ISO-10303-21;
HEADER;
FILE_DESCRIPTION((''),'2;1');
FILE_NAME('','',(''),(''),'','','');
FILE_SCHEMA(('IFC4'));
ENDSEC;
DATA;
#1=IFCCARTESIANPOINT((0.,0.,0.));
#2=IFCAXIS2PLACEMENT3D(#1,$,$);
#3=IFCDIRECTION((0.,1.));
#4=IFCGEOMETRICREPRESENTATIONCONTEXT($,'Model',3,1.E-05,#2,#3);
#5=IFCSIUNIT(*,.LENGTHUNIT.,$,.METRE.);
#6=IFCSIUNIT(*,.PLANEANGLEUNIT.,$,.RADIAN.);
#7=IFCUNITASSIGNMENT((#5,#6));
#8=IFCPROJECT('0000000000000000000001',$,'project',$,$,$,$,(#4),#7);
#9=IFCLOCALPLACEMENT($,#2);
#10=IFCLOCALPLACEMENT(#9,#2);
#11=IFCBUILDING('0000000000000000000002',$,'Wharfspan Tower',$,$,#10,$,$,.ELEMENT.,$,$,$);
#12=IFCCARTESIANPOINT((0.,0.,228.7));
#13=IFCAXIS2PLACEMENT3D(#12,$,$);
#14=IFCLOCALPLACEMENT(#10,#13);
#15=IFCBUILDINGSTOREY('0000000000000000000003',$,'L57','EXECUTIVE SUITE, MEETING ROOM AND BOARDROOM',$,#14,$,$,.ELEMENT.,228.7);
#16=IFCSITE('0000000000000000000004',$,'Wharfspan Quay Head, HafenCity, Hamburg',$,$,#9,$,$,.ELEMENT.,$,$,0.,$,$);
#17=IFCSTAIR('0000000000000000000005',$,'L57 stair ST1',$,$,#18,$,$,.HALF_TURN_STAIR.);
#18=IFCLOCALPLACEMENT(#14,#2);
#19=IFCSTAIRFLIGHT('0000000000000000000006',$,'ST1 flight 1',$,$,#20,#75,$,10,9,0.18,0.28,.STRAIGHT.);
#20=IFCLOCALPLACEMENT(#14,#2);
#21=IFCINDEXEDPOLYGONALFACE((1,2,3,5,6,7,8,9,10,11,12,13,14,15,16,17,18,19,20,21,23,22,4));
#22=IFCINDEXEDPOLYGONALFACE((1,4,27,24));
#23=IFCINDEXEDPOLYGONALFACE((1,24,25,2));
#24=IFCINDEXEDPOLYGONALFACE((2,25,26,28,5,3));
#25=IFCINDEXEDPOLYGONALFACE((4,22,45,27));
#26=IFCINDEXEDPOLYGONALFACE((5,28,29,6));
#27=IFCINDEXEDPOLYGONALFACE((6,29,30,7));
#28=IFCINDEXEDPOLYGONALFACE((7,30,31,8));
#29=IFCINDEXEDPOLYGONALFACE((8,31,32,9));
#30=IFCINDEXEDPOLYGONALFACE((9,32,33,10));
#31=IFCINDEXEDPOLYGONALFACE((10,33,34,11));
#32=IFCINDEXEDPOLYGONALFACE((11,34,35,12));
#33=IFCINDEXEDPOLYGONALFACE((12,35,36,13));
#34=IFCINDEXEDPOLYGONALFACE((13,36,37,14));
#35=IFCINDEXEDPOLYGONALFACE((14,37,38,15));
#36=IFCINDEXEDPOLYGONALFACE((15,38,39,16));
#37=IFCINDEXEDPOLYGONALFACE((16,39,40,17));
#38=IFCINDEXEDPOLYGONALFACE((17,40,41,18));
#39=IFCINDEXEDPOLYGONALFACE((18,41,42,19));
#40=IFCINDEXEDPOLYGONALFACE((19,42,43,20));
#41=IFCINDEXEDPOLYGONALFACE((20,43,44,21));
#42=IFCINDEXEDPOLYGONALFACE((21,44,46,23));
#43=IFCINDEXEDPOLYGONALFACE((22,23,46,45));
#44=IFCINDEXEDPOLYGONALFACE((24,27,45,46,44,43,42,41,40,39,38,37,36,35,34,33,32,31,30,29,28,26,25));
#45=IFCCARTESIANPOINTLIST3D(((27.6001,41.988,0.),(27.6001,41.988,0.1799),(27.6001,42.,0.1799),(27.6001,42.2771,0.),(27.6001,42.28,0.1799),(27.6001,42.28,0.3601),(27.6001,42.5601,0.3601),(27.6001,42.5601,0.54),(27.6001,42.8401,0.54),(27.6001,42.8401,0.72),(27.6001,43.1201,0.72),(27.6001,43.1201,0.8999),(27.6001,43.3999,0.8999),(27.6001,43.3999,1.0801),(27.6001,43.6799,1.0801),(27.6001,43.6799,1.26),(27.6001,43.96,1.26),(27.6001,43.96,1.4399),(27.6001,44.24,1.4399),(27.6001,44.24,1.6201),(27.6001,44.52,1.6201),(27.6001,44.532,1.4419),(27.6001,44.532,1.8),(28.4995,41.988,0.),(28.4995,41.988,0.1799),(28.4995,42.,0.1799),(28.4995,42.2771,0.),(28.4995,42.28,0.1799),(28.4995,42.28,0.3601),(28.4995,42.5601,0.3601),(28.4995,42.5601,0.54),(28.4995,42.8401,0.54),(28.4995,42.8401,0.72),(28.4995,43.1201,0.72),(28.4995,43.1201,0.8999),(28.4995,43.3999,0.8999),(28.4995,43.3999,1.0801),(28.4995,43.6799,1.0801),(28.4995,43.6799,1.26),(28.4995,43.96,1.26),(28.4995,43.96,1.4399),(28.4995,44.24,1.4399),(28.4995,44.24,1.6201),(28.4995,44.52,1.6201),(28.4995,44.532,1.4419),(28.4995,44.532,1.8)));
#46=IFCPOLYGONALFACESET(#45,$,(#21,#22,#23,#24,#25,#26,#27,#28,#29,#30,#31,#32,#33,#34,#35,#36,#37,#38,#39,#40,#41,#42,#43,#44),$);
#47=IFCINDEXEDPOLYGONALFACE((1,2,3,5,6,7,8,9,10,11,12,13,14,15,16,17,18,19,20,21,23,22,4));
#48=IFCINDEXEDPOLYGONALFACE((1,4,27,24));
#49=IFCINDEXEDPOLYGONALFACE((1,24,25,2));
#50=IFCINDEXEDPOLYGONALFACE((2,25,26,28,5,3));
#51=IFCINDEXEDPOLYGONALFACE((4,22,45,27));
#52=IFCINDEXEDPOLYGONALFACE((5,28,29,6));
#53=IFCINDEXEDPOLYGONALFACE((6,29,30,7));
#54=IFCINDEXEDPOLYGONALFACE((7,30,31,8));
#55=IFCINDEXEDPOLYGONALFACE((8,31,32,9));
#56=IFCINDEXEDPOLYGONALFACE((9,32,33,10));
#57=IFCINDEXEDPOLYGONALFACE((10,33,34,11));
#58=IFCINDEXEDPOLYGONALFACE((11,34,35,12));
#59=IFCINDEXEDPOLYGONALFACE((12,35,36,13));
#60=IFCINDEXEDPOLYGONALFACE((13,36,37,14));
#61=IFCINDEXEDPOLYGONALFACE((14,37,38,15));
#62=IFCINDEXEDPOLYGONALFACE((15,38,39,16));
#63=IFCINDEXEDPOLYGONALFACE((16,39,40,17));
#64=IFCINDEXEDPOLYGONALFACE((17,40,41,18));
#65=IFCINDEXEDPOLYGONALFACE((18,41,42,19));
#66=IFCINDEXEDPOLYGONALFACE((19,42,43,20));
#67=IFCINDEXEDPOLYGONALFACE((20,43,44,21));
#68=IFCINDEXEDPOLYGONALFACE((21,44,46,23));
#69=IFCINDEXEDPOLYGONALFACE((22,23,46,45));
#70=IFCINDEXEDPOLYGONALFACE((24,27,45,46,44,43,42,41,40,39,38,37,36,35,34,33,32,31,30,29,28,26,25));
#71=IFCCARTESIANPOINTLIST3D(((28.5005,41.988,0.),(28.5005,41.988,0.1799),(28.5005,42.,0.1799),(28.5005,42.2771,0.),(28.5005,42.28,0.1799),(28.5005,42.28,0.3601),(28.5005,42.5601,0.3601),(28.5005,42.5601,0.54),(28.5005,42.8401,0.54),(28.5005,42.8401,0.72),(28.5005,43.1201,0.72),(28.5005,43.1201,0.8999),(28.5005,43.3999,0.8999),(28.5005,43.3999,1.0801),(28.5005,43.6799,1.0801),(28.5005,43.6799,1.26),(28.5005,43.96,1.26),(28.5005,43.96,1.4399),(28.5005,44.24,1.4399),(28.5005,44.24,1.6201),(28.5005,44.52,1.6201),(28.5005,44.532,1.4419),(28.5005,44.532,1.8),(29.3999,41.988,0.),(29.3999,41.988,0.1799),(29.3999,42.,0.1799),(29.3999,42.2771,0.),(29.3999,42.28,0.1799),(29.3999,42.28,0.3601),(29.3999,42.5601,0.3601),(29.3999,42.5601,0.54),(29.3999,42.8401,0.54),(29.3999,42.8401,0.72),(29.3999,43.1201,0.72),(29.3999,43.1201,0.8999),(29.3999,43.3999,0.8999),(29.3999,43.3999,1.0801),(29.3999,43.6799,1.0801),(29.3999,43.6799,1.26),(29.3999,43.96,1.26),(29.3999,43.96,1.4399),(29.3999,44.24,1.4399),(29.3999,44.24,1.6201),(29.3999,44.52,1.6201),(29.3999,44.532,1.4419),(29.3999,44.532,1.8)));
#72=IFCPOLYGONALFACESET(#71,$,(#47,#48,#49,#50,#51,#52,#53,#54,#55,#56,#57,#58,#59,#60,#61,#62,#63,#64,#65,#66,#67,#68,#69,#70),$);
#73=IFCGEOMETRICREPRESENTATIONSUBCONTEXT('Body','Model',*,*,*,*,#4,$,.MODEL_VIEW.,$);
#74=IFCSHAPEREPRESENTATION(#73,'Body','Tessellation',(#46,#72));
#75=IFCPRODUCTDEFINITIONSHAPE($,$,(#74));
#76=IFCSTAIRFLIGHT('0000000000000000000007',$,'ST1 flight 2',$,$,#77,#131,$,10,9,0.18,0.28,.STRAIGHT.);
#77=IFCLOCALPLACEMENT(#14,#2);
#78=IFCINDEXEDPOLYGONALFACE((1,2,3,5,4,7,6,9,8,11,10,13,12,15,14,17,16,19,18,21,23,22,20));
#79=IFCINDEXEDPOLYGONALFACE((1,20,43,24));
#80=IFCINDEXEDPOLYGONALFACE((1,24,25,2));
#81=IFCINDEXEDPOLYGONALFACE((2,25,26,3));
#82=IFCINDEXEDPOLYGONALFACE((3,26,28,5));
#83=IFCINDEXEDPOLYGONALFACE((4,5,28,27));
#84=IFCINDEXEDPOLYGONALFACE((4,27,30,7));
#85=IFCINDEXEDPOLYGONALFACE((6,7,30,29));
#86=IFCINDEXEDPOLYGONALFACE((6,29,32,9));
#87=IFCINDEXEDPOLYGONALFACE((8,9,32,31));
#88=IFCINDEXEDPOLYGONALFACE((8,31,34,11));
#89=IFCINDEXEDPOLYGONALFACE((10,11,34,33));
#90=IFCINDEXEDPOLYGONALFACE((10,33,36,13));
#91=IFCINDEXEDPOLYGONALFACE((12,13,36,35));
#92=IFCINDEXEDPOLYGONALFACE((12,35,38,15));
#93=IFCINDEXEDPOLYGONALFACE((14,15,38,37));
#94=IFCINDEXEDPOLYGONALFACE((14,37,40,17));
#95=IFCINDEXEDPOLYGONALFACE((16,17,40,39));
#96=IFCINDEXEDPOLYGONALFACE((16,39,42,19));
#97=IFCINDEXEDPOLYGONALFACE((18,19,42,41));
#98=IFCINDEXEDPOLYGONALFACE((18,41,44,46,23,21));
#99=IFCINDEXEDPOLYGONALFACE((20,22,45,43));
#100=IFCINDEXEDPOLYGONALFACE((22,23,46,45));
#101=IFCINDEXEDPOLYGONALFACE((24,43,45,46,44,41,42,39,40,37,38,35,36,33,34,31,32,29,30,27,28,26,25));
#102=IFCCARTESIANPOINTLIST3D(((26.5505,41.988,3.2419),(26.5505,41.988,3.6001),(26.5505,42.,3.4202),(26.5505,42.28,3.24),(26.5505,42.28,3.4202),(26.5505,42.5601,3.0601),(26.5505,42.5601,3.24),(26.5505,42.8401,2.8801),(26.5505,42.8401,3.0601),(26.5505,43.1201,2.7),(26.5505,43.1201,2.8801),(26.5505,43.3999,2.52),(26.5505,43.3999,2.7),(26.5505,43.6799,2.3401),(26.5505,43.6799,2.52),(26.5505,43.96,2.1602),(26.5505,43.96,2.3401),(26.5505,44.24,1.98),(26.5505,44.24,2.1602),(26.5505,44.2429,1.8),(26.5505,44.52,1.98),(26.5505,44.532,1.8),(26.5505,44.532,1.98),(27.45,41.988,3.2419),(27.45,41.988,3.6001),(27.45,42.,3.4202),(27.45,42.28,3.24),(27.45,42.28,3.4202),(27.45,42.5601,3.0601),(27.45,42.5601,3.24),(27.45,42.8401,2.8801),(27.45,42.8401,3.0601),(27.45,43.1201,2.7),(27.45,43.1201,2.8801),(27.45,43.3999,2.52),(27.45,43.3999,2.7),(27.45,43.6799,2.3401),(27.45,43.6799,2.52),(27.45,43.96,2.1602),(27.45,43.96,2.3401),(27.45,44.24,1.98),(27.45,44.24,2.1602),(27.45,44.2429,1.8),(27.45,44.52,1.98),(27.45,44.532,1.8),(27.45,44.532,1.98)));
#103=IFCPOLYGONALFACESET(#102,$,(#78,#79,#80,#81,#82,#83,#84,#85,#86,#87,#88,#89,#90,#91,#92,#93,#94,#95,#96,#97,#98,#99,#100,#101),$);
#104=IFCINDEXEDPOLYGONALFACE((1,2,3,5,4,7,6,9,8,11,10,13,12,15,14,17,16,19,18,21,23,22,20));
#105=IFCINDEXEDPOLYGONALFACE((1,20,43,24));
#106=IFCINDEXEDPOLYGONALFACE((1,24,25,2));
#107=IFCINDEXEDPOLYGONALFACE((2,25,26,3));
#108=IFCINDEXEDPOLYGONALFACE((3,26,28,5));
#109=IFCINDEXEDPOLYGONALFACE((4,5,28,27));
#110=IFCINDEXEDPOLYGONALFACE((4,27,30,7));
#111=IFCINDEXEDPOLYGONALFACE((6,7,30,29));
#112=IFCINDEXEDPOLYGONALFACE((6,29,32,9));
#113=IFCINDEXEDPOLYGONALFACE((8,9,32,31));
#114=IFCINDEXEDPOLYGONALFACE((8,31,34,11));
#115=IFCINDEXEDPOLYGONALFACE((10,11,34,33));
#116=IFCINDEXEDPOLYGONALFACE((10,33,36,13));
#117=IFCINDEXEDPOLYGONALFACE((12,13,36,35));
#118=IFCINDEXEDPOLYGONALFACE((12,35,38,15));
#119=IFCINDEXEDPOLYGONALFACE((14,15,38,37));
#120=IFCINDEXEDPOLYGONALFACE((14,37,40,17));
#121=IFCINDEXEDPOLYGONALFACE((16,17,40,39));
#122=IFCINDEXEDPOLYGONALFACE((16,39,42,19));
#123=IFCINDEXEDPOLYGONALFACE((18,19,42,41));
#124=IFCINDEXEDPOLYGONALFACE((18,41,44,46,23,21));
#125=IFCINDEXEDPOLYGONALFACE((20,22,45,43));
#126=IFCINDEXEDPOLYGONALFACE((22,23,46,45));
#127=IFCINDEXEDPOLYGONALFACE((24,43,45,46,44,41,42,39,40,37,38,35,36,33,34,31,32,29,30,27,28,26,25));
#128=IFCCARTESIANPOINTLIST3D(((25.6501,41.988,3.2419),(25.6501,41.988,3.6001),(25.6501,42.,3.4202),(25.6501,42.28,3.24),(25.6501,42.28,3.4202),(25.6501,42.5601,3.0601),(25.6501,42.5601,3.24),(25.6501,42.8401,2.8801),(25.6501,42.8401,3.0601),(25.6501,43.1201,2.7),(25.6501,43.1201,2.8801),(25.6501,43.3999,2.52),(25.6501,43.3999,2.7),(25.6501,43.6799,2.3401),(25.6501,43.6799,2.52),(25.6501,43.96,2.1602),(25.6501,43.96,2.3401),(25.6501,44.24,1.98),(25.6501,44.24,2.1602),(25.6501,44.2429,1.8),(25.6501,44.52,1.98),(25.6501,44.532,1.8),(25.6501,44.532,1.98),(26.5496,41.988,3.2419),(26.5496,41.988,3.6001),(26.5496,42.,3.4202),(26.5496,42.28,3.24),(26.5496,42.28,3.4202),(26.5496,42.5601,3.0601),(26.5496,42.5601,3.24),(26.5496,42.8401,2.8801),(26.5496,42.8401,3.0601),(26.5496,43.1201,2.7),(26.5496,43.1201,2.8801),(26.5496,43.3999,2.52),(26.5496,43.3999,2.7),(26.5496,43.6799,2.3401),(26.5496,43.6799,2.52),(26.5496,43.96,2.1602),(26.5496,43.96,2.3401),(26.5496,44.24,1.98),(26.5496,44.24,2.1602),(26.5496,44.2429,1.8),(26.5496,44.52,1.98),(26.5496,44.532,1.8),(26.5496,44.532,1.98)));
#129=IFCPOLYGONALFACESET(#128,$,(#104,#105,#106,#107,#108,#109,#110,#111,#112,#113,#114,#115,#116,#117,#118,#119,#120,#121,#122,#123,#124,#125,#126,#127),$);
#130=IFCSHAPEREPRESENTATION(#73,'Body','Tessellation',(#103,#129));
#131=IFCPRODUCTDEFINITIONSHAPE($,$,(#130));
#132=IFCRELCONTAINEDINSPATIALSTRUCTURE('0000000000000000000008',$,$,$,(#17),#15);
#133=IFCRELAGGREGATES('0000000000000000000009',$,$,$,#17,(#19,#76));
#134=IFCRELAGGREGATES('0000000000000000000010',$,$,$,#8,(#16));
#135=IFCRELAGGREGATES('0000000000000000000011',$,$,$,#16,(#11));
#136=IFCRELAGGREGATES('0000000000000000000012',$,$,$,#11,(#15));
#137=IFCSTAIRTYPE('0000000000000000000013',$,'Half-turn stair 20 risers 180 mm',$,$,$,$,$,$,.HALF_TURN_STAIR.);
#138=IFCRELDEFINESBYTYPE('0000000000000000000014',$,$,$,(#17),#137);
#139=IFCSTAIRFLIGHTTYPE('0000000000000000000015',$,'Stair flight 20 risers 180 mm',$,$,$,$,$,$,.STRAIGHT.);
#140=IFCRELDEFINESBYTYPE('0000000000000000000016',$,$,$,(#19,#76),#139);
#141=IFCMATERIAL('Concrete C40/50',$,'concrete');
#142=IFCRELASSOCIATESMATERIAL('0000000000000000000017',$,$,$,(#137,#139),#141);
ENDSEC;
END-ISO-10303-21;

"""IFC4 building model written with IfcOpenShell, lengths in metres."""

from ifc_helpers import new_model, si_unit, direction, frame, origin, place, context, subcontext, project, spatial, polyline, outline, extrude, material, type_object, element, aggregate, save


model = new_model("IFC4")

# Units and contexts
model_context = context("Model", 3, precision=1e-05, world=origin(), true_north=direction((0.0, 1.0)))
body_context = subcontext(model_context, "Body", "Model", "MODEL_VIEW")
ifc_project = project(units=[si_unit("LENGTHUNIT", "METRE"), si_unit("PLANEANGLEUNIT", "RADIAN")], contexts=[model_context])

# Site, building, storey
site_placement = place(None, origin())
site = spatial("IfcSite", under=ifc_project, at=site_placement, Name="Wharfspan Quay Head, HafenCity, Hamburg", CompositionType="ELEMENT", RefElevation=0.0)
building_placement = place(site_placement, origin())
building = spatial("IfcBuilding", under=site, at=building_placement, Name="Wharfspan Tower", CompositionType="ELEMENT")
storey_placement = place(building_placement, frame((0.0, 0.0, 228.7)))
storey = spatial("IfcBuildingStorey", under=building, at=storey_placement, Name="L57", Description="EXECUTIVE SUITE, MEETING ROOM AND BOARDROOM", CompositionType="ELEMENT", Elevation=228.7)

# Shared definitions
ifc_material_1 = material(Name="Concrete C40/50", Category="concrete")

# Stair, stair flights
stair_type = type_object("IfcStairType", Name="Half-turn stair 20 risers 180 mm", PredefinedType="HALF_TURN_STAIR", material=ifc_material_1)
stair_placement = place(storey_placement, origin())
stair = element("IfcStair", 1, at=stair_placement, inside=storey, type_object=stair_type, Name="L57 stair ST1", PredefinedType="HALF_TURN_STAIR")
stair_flight_type = type_object("IfcStairFlightType", Name="Stair flight 20 risers 180 mm", PredefinedType="STRAIGHT", material=ifc_material_1)
stair_flight_1_placement = place(storey_placement, frame((28.5, 42.0, 0.0), z_axis=(0.0, 0.0, 1.0), x_axis=(0.0, 1.0, 0.0)))
stair_flight_1 = element("IfcStairFlight", 2, at=stair_flight_1_placement, type_object=stair_flight_type, Name="ST1 flight 1", NumberOfRisers=10, NumberOfTreads=9, PredefinedType="STRAIGHT", RiserHeight=0.18, TreadLength=0.28, context=body_context, shape_type="SweptSolid", body=[
    extrude(outline(polyline([(-0.012, 0.0), (-0.012, 0.1799), (0.0, 0.1799), (0.28, 0.1799), (0.28, 0.3601), (0.5601, 0.3601), (0.5601, 0.54), (0.8401, 0.54), (0.8401, 0.72), (1.1201, 0.72), (1.1201, 0.8999), (1.3999, 0.8999), (1.3999, 1.0801), (1.6799, 1.0801), (1.6799, 1.26), (1.96, 1.26), (1.96, 1.4399), (2.24, 1.4399), (2.24, 1.6201), (2.52, 1.6201), (2.532, 1.8), (2.532, 1.4419), (0.2771, 0.0), (-0.012, 0.0)])), frame((0.0, 0.8999, 0.0), z_axis=(0.0, -1.0, 0.0), x_axis=(1.0, 0.0, 0.0)), (0.0, 0.0, 1.0), 0.8994),
    extrude(outline(polyline([(-0.012, 0.0), (-0.012, 0.1799), (0.0, 0.1799), (0.28, 0.1799), (0.28, 0.3601), (0.5601, 0.3601), (0.5601, 0.54), (0.8401, 0.54), (0.8401, 0.72), (1.1201, 0.72), (1.1201, 0.8999), (1.3999, 0.8999), (1.3999, 1.0801), (1.6799, 1.0801), (1.6799, 1.26), (1.96, 1.26), (1.96, 1.4399), (2.24, 1.4399), (2.24, 1.6201), (2.52, 1.6201), (2.532, 1.8), (2.532, 1.4419), (0.2771, 0.0), (-0.012, 0.0)])), frame((0.0, -0.0005, 0.0), z_axis=(0.0, -1.0, 0.0), x_axis=(1.0, 0.0, 0.0)), (0.0, 0.0, 1.0), 0.8994),
])
stair_flight_2_placement = place(storey_placement, frame((26.55, 44.52, 1.8), z_axis=(0.0, 0.0, 1.0), x_axis=(0.0, -1.0, 0.0)))
stair_flight_2 = element("IfcStairFlight", 3, at=stair_flight_2_placement, type_object=stair_flight_type, Name="ST1 flight 2", NumberOfRisers=10, NumberOfTreads=9, PredefinedType="STRAIGHT", RiserHeight=0.18, TreadLength=0.28, context=body_context, shape_type="SweptSolid", body=[
    extrude(outline(polyline([(-0.012, 0.0), (-0.012, 0.1799), (0.0, 0.1799), (0.28, 0.1799), (0.28, 0.3601), (0.5601, 0.3601), (0.5601, 0.54), (0.8401, 0.54), (0.8401, 0.72), (1.1201, 0.72), (1.1201, 0.8999), (1.3999, 0.8999), (1.3999, 1.0801), (1.6799, 1.0801), (1.6799, 1.26), (1.96, 1.26), (1.96, 1.4399), (2.24, 1.4399), (2.24, 1.6201), (2.52, 1.6201), (2.532, 1.8), (2.532, 1.4419), (0.2771, 0.0), (-0.012, 0.0)])), frame((0.0, 0.8999, 0.0), z_axis=(0.0, -1.0, 0.0), x_axis=(1.0, 0.0, 0.0)), (0.0, 0.0, 1.0), 0.8994),
    extrude(outline(polyline([(-0.012, 0.0), (-0.012, 0.1799), (0.0, 0.1799), (0.28, 0.1799), (0.28, 0.3601), (0.5601, 0.3601), (0.5601, 0.54), (0.8401, 0.54), (0.8401, 0.72), (1.1201, 0.72), (1.1201, 0.8999), (1.3999, 0.8999), (1.3999, 1.0801), (1.6799, 1.0801), (1.6799, 1.26), (1.96, 1.26), (1.96, 1.4399), (2.24, 1.4399), (2.24, 1.6201), (2.52, 1.6201), (2.532, 1.8), (2.532, 1.4419), (0.2771, 0.0), (-0.012, 0.0)])), frame((0.0, -0.0005, 0.0), z_axis=(0.0, -1.0, 0.0), x_axis=(1.0, 0.0, 0.0)), (0.0, 0.0, 1.0), 0.8994),
])
aggregate(stair, [stair_flight_1, stair_flight_2])

save(model, "model.ifc")
